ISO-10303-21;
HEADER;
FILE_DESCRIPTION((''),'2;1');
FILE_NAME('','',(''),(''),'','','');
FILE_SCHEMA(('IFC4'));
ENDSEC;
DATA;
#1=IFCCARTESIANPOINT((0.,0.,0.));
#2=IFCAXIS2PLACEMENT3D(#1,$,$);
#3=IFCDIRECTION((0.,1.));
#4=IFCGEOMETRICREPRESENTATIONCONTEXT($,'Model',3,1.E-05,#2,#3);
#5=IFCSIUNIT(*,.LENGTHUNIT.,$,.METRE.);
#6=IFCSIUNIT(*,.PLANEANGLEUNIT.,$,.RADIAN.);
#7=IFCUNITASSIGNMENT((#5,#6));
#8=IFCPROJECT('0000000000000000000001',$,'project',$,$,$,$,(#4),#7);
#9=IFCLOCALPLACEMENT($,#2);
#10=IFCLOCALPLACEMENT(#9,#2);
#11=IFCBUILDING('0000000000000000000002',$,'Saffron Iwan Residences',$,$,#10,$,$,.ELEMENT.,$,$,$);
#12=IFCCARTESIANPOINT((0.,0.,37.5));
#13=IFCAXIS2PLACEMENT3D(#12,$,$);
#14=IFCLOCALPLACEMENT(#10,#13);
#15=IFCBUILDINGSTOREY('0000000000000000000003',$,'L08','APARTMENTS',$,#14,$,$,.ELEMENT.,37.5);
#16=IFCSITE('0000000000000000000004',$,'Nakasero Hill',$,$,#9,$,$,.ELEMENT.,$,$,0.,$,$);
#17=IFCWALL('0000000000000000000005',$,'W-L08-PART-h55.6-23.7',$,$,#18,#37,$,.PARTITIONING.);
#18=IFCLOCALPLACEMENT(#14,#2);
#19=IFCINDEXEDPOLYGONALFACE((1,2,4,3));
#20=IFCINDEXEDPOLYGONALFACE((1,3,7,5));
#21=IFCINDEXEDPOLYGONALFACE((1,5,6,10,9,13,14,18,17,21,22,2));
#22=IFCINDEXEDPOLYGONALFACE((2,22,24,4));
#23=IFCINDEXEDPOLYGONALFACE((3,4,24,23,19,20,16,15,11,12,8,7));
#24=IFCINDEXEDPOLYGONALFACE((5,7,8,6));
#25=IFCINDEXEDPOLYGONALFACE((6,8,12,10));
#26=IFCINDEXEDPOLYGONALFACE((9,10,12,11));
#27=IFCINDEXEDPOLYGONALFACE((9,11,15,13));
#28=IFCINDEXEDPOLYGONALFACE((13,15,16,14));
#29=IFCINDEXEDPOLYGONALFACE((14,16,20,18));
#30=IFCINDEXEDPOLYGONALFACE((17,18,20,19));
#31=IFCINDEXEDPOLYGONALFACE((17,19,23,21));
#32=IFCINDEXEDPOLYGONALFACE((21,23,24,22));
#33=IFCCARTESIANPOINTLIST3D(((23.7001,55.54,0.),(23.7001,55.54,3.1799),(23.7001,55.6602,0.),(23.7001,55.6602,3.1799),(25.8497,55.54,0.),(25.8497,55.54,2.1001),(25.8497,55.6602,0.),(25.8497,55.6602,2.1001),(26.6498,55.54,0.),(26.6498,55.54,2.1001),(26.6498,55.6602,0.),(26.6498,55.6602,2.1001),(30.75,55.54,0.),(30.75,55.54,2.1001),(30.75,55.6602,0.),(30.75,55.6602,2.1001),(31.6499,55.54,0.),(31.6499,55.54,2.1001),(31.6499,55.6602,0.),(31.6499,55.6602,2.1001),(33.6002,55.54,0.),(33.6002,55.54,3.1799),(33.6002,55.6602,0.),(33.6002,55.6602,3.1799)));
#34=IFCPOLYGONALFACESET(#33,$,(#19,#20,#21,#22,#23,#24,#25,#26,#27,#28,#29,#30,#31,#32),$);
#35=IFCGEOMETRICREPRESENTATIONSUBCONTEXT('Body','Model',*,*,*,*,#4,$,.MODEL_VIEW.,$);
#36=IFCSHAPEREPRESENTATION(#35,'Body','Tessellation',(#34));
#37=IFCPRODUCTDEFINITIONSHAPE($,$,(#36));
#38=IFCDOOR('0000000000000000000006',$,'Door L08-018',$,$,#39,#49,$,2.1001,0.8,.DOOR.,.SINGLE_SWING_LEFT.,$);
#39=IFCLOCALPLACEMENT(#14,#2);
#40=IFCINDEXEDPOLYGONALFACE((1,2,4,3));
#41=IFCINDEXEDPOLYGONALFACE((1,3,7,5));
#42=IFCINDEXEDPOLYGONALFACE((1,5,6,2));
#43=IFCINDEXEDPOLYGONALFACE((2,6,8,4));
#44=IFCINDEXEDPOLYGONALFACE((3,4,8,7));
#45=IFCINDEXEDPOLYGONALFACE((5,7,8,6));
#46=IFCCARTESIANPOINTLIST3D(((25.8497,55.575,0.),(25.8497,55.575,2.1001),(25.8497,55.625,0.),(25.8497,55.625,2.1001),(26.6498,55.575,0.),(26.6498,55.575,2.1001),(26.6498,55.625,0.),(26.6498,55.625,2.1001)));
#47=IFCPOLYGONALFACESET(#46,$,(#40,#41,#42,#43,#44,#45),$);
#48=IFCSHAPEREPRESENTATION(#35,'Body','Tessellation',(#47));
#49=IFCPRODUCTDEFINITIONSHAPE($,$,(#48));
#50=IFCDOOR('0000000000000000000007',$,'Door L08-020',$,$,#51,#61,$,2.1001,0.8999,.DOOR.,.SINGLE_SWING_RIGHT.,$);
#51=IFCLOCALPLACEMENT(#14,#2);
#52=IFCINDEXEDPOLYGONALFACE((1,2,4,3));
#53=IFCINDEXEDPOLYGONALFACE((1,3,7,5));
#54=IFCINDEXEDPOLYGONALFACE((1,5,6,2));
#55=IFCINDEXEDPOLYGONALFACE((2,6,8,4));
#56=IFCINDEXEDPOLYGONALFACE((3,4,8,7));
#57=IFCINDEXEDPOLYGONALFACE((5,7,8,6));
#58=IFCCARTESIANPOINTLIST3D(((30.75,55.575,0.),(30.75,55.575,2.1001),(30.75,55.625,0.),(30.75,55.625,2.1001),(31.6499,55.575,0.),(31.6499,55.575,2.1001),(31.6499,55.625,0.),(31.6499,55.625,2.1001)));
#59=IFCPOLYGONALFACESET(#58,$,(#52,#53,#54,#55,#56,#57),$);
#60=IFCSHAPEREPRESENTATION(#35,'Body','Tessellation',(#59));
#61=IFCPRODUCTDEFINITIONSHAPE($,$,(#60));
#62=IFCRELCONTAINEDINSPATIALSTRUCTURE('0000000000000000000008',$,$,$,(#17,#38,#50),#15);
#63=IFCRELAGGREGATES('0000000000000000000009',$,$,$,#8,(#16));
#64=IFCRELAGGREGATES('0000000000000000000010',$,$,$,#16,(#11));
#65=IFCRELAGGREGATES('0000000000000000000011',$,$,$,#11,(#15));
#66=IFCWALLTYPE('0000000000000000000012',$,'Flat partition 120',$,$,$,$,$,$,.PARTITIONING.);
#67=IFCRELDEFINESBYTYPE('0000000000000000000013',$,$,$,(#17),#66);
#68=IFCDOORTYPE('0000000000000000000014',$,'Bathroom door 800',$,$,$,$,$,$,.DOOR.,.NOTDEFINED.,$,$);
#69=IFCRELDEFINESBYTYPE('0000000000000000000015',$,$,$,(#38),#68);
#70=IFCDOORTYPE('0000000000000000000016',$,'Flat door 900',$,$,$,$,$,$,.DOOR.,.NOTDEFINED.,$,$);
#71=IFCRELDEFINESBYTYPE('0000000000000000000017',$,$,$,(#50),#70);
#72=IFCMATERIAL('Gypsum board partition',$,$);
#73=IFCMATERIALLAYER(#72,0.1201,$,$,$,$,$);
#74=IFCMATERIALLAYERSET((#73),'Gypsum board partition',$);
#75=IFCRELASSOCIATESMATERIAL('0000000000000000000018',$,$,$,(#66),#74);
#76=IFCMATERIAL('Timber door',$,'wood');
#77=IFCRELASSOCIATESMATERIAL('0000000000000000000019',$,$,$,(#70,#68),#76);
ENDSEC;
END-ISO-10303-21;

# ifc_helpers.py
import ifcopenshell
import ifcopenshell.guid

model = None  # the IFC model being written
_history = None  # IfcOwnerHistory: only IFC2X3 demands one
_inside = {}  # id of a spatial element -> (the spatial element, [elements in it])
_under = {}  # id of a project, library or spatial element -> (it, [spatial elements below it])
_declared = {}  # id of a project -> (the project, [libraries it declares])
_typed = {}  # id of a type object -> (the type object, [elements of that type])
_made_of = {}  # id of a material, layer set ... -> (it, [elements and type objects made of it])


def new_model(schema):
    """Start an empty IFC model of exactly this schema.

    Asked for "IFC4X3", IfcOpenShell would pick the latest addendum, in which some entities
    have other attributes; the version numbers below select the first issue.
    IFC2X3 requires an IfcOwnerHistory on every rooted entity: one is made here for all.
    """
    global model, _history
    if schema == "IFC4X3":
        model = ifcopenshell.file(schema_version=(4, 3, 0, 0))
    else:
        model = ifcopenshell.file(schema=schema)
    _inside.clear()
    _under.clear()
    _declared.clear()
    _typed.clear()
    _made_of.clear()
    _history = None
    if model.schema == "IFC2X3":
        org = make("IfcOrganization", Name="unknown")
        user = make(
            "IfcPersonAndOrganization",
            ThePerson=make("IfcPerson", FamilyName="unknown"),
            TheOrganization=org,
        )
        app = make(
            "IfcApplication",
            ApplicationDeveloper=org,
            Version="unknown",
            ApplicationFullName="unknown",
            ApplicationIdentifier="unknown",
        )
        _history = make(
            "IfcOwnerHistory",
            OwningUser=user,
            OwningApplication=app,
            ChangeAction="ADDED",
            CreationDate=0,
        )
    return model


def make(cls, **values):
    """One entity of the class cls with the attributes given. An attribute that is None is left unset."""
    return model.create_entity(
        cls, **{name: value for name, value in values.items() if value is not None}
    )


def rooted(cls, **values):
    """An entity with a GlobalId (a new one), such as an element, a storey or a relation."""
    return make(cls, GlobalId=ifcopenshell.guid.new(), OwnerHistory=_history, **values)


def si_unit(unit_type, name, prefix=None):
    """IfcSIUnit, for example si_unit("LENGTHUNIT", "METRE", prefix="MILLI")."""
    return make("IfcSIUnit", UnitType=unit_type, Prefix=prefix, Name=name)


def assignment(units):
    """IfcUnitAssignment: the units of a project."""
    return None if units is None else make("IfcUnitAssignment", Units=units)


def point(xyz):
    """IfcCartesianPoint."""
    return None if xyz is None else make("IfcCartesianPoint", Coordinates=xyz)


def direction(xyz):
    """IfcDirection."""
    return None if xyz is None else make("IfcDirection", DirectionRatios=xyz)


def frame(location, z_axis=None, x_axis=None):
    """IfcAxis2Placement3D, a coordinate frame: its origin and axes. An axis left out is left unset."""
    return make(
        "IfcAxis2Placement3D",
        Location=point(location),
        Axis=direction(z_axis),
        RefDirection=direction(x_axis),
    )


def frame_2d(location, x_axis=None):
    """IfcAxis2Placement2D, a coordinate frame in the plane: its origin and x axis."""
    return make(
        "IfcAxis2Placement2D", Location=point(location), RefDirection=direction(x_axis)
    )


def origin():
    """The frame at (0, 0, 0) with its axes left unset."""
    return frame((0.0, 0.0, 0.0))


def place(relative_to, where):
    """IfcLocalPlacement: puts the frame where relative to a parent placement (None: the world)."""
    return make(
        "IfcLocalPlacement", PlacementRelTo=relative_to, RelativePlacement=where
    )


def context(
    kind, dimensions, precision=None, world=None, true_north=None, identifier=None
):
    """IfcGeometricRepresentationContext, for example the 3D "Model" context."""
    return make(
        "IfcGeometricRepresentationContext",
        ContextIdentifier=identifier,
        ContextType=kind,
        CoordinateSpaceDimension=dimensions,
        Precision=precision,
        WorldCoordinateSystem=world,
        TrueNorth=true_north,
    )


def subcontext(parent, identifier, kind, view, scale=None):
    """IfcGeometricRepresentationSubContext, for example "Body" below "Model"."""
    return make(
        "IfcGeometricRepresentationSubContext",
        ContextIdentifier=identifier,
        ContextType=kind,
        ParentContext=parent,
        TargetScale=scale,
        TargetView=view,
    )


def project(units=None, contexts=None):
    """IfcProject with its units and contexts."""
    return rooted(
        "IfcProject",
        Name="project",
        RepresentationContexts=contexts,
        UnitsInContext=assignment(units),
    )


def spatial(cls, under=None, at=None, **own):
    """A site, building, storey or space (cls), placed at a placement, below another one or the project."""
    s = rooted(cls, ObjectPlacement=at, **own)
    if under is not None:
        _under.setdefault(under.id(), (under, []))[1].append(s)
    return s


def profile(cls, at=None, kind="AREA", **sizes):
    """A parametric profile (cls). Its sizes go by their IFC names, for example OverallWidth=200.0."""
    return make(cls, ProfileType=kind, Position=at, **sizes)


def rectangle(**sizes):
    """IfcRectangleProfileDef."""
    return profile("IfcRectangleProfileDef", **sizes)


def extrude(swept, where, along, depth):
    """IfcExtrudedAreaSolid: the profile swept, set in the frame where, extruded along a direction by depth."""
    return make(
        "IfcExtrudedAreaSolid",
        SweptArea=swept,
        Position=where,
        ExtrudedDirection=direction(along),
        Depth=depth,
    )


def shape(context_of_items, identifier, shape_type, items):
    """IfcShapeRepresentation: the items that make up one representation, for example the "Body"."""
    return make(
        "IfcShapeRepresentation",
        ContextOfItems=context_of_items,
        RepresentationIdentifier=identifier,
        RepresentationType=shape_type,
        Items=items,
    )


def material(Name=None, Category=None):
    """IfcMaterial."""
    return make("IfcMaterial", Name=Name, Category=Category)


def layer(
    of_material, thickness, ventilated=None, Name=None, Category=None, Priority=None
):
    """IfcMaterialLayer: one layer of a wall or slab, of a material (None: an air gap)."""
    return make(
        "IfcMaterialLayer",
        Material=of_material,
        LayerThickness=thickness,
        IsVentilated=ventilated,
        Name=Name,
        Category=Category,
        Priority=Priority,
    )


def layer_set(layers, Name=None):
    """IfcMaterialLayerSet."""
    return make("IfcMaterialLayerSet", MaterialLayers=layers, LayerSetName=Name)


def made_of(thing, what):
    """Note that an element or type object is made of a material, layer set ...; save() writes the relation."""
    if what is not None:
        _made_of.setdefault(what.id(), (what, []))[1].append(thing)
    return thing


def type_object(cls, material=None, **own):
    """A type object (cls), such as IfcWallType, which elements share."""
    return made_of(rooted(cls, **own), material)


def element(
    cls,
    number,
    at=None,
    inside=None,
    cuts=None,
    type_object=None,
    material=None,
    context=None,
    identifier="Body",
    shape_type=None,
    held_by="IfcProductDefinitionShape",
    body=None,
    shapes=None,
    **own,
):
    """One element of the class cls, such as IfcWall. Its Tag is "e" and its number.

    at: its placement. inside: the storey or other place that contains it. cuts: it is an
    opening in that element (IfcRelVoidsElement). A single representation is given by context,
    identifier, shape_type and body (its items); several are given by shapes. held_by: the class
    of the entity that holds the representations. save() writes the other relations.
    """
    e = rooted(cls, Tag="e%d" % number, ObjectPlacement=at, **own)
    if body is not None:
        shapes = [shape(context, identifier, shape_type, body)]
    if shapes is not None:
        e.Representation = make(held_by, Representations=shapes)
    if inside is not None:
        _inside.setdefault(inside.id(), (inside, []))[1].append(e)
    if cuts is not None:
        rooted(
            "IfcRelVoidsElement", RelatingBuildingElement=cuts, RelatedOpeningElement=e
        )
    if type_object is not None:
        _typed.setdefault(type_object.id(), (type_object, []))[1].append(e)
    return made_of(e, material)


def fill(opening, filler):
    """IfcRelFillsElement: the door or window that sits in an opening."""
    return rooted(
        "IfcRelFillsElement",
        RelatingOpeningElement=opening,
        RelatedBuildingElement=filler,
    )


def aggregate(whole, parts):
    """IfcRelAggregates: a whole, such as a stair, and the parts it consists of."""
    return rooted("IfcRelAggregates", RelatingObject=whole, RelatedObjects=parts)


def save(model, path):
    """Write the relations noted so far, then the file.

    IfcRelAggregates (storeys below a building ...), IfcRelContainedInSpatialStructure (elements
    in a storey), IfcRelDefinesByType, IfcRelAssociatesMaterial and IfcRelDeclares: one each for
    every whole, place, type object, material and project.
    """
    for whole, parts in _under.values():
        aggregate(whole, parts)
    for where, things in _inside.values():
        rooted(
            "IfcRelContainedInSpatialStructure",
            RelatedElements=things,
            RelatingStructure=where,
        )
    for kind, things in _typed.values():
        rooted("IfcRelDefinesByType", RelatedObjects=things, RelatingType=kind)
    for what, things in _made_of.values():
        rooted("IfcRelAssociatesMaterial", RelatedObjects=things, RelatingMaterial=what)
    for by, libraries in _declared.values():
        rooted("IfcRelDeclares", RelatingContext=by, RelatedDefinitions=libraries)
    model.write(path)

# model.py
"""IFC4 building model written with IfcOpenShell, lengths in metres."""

from ifc_helpers import new_model, si_unit, direction, frame, frame_2d, origin, place, context, subcontext, project, spatial, rectangle, extrude, material, layer, layer_set, type_object, element, fill, save


model = new_model("IFC4")

# Units and contexts
model_context = context("Model", 3, precision=1e-05, world=origin(), true_north=direction((0.0, 1.0)))
body_context = subcontext(model_context, "Body", "Model", "MODEL_VIEW")
ifc_project = project(units=[si_unit("LENGTHUNIT", "METRE"), si_unit("PLANEANGLEUNIT", "RADIAN")], contexts=[model_context])

# Site, building, storey
site_placement = place(None, origin())
site = spatial("IfcSite", under=ifc_project, at=site_placement, Name="Nakasero Hill", CompositionType="ELEMENT", RefElevation=0.0)
building_placement = place(site_placement, origin())
building = spatial("IfcBuilding", under=site, at=building_placement, Name="Saffron Iwan Residences", CompositionType="ELEMENT")
storey_placement = place(building_placement, frame((0.0, 0.0, 37.5)))
storey = spatial("IfcBuildingStorey", under=building, at=storey_placement, Name="L08", Description="APARTMENTS", CompositionType="ELEMENT", Elevation=37.5)

# Shared definitions
ifc_material_1 = material(Name="Gypsum board partition")
ifc_layer_1 = layer(ifc_material_1, 0.1201)
ifc_layer_set_1 = layer_set([ifc_layer_1], Name="Gypsum board partition")
wall_type_1 = type_object("IfcWallType", Name="Flat partition 120", PredefinedType="PARTITIONING", material=ifc_layer_set_1)

# Wall, openings, doors
ifc_material_2 = material(Name="Timber door", Category="wood")
door_type_1 = type_object("IfcDoorType", Name="Flat door 900", OperationType="NOTDEFINED", PredefinedType="DOOR", material=ifc_material_2)
wall_1_placement = place(storey_placement, frame((23.7, 55.6001, 0.0), z_axis=(0.0, 0.0, 1.0), x_axis=(1.0, 0.0, 0.0)))
wall_1 = element("IfcWall", 1, at=wall_1_placement, inside=storey, type_object=wall_type_1, Name="W-L08-PART-h55.6-23.7", PredefinedType="PARTITIONING", context=body_context, shape_type="SweptSolid", body=[
    extrude(rectangle(XDim=9.9001, YDim=0.1201, at=frame_2d((4.9502, 0.0))), origin(), (0.0, 0.0, 1.0), 3.1799),
])
opening_1_placement = place(wall_1_placement, frame((2.1499, 0.0, 0.0)))
opening_1 = element("IfcOpeningElement", 2, at=opening_1_placement, cuts=wall_1, PredefinedType="OPENING", context=body_context, shape_type="SweptSolid", body=[
    extrude(rectangle(XDim=0.8, YDim=2.1001, at=frame_2d((0.3999, 1.05))), frame((0.0, 0.0701, 0.0), z_axis=(0.0, -1.0, 0.0), x_axis=(1.0, 0.0, 0.0)), (0.0, 0.0, 1.0), 0.1401),
])
opening_2_placement = place(wall_1_placement, frame((7.05, 0.0, 0.0)))
opening_2 = element("IfcOpeningElement", 3, at=opening_2_placement, cuts=wall_1, PredefinedType="OPENING", context=body_context, shape_type="SweptSolid", body=[
    extrude(rectangle(XDim=0.8999, YDim=2.1001, at=frame_2d((0.45, 1.05))), frame((0.0, 0.0701, 0.0), z_axis=(0.0, -1.0, 0.0), x_axis=(1.0, 0.0, 0.0)), (0.0, 0.0, 1.0), 0.1401),
])
door_type_2 = type_object("IfcDoorType", Name="Bathroom door 800", OperationType="NOTDEFINED", PredefinedType="DOOR", material=ifc_material_2)
door_1_placement = place(opening_1_placement, origin())
door_1 = element("IfcDoor", 4, at=door_1_placement, inside=storey, type_object=door_type_2, Name="Door L08-018", OperationType="SINGLE_SWING_LEFT", OverallHeight=2.1001, OverallWidth=0.8, PredefinedType="DOOR", context=body_context, shape_type="SweptSolid", body=[
    extrude(rectangle(XDim=0.8, YDim=2.1001, at=frame_2d((0.3999, 1.05))), frame((0.0, 0.0249, 0.0), z_axis=(0.0, -1.0, 0.0), x_axis=(1.0, 0.0, 0.0)), (0.0, 0.0, 1.0), 0.05),
])
fill(opening_1, door_1)
door_2_placement = place(opening_2_placement, origin())
door_2 = element("IfcDoor", 5, at=door_2_placement, inside=storey, type_object=door_type_1, Name="Door L08-020", OperationType="SINGLE_SWING_RIGHT", OverallHeight=2.1001, OverallWidth=0.8999, PredefinedType="DOOR", context=body_context, shape_type="SweptSolid", body=[
    extrude(rectangle(XDim=0.8999, YDim=2.1001, at=frame_2d((0.45, 1.05))), frame((0.0, 0.0249, 0.0), z_axis=(0.0, -1.0, 0.0), x_axis=(1.0, 0.0, 0.0)), (0.0, 0.0, 1.0), 0.05),
])
fill(opening_2, door_2)

save(model, "model.ifc")
